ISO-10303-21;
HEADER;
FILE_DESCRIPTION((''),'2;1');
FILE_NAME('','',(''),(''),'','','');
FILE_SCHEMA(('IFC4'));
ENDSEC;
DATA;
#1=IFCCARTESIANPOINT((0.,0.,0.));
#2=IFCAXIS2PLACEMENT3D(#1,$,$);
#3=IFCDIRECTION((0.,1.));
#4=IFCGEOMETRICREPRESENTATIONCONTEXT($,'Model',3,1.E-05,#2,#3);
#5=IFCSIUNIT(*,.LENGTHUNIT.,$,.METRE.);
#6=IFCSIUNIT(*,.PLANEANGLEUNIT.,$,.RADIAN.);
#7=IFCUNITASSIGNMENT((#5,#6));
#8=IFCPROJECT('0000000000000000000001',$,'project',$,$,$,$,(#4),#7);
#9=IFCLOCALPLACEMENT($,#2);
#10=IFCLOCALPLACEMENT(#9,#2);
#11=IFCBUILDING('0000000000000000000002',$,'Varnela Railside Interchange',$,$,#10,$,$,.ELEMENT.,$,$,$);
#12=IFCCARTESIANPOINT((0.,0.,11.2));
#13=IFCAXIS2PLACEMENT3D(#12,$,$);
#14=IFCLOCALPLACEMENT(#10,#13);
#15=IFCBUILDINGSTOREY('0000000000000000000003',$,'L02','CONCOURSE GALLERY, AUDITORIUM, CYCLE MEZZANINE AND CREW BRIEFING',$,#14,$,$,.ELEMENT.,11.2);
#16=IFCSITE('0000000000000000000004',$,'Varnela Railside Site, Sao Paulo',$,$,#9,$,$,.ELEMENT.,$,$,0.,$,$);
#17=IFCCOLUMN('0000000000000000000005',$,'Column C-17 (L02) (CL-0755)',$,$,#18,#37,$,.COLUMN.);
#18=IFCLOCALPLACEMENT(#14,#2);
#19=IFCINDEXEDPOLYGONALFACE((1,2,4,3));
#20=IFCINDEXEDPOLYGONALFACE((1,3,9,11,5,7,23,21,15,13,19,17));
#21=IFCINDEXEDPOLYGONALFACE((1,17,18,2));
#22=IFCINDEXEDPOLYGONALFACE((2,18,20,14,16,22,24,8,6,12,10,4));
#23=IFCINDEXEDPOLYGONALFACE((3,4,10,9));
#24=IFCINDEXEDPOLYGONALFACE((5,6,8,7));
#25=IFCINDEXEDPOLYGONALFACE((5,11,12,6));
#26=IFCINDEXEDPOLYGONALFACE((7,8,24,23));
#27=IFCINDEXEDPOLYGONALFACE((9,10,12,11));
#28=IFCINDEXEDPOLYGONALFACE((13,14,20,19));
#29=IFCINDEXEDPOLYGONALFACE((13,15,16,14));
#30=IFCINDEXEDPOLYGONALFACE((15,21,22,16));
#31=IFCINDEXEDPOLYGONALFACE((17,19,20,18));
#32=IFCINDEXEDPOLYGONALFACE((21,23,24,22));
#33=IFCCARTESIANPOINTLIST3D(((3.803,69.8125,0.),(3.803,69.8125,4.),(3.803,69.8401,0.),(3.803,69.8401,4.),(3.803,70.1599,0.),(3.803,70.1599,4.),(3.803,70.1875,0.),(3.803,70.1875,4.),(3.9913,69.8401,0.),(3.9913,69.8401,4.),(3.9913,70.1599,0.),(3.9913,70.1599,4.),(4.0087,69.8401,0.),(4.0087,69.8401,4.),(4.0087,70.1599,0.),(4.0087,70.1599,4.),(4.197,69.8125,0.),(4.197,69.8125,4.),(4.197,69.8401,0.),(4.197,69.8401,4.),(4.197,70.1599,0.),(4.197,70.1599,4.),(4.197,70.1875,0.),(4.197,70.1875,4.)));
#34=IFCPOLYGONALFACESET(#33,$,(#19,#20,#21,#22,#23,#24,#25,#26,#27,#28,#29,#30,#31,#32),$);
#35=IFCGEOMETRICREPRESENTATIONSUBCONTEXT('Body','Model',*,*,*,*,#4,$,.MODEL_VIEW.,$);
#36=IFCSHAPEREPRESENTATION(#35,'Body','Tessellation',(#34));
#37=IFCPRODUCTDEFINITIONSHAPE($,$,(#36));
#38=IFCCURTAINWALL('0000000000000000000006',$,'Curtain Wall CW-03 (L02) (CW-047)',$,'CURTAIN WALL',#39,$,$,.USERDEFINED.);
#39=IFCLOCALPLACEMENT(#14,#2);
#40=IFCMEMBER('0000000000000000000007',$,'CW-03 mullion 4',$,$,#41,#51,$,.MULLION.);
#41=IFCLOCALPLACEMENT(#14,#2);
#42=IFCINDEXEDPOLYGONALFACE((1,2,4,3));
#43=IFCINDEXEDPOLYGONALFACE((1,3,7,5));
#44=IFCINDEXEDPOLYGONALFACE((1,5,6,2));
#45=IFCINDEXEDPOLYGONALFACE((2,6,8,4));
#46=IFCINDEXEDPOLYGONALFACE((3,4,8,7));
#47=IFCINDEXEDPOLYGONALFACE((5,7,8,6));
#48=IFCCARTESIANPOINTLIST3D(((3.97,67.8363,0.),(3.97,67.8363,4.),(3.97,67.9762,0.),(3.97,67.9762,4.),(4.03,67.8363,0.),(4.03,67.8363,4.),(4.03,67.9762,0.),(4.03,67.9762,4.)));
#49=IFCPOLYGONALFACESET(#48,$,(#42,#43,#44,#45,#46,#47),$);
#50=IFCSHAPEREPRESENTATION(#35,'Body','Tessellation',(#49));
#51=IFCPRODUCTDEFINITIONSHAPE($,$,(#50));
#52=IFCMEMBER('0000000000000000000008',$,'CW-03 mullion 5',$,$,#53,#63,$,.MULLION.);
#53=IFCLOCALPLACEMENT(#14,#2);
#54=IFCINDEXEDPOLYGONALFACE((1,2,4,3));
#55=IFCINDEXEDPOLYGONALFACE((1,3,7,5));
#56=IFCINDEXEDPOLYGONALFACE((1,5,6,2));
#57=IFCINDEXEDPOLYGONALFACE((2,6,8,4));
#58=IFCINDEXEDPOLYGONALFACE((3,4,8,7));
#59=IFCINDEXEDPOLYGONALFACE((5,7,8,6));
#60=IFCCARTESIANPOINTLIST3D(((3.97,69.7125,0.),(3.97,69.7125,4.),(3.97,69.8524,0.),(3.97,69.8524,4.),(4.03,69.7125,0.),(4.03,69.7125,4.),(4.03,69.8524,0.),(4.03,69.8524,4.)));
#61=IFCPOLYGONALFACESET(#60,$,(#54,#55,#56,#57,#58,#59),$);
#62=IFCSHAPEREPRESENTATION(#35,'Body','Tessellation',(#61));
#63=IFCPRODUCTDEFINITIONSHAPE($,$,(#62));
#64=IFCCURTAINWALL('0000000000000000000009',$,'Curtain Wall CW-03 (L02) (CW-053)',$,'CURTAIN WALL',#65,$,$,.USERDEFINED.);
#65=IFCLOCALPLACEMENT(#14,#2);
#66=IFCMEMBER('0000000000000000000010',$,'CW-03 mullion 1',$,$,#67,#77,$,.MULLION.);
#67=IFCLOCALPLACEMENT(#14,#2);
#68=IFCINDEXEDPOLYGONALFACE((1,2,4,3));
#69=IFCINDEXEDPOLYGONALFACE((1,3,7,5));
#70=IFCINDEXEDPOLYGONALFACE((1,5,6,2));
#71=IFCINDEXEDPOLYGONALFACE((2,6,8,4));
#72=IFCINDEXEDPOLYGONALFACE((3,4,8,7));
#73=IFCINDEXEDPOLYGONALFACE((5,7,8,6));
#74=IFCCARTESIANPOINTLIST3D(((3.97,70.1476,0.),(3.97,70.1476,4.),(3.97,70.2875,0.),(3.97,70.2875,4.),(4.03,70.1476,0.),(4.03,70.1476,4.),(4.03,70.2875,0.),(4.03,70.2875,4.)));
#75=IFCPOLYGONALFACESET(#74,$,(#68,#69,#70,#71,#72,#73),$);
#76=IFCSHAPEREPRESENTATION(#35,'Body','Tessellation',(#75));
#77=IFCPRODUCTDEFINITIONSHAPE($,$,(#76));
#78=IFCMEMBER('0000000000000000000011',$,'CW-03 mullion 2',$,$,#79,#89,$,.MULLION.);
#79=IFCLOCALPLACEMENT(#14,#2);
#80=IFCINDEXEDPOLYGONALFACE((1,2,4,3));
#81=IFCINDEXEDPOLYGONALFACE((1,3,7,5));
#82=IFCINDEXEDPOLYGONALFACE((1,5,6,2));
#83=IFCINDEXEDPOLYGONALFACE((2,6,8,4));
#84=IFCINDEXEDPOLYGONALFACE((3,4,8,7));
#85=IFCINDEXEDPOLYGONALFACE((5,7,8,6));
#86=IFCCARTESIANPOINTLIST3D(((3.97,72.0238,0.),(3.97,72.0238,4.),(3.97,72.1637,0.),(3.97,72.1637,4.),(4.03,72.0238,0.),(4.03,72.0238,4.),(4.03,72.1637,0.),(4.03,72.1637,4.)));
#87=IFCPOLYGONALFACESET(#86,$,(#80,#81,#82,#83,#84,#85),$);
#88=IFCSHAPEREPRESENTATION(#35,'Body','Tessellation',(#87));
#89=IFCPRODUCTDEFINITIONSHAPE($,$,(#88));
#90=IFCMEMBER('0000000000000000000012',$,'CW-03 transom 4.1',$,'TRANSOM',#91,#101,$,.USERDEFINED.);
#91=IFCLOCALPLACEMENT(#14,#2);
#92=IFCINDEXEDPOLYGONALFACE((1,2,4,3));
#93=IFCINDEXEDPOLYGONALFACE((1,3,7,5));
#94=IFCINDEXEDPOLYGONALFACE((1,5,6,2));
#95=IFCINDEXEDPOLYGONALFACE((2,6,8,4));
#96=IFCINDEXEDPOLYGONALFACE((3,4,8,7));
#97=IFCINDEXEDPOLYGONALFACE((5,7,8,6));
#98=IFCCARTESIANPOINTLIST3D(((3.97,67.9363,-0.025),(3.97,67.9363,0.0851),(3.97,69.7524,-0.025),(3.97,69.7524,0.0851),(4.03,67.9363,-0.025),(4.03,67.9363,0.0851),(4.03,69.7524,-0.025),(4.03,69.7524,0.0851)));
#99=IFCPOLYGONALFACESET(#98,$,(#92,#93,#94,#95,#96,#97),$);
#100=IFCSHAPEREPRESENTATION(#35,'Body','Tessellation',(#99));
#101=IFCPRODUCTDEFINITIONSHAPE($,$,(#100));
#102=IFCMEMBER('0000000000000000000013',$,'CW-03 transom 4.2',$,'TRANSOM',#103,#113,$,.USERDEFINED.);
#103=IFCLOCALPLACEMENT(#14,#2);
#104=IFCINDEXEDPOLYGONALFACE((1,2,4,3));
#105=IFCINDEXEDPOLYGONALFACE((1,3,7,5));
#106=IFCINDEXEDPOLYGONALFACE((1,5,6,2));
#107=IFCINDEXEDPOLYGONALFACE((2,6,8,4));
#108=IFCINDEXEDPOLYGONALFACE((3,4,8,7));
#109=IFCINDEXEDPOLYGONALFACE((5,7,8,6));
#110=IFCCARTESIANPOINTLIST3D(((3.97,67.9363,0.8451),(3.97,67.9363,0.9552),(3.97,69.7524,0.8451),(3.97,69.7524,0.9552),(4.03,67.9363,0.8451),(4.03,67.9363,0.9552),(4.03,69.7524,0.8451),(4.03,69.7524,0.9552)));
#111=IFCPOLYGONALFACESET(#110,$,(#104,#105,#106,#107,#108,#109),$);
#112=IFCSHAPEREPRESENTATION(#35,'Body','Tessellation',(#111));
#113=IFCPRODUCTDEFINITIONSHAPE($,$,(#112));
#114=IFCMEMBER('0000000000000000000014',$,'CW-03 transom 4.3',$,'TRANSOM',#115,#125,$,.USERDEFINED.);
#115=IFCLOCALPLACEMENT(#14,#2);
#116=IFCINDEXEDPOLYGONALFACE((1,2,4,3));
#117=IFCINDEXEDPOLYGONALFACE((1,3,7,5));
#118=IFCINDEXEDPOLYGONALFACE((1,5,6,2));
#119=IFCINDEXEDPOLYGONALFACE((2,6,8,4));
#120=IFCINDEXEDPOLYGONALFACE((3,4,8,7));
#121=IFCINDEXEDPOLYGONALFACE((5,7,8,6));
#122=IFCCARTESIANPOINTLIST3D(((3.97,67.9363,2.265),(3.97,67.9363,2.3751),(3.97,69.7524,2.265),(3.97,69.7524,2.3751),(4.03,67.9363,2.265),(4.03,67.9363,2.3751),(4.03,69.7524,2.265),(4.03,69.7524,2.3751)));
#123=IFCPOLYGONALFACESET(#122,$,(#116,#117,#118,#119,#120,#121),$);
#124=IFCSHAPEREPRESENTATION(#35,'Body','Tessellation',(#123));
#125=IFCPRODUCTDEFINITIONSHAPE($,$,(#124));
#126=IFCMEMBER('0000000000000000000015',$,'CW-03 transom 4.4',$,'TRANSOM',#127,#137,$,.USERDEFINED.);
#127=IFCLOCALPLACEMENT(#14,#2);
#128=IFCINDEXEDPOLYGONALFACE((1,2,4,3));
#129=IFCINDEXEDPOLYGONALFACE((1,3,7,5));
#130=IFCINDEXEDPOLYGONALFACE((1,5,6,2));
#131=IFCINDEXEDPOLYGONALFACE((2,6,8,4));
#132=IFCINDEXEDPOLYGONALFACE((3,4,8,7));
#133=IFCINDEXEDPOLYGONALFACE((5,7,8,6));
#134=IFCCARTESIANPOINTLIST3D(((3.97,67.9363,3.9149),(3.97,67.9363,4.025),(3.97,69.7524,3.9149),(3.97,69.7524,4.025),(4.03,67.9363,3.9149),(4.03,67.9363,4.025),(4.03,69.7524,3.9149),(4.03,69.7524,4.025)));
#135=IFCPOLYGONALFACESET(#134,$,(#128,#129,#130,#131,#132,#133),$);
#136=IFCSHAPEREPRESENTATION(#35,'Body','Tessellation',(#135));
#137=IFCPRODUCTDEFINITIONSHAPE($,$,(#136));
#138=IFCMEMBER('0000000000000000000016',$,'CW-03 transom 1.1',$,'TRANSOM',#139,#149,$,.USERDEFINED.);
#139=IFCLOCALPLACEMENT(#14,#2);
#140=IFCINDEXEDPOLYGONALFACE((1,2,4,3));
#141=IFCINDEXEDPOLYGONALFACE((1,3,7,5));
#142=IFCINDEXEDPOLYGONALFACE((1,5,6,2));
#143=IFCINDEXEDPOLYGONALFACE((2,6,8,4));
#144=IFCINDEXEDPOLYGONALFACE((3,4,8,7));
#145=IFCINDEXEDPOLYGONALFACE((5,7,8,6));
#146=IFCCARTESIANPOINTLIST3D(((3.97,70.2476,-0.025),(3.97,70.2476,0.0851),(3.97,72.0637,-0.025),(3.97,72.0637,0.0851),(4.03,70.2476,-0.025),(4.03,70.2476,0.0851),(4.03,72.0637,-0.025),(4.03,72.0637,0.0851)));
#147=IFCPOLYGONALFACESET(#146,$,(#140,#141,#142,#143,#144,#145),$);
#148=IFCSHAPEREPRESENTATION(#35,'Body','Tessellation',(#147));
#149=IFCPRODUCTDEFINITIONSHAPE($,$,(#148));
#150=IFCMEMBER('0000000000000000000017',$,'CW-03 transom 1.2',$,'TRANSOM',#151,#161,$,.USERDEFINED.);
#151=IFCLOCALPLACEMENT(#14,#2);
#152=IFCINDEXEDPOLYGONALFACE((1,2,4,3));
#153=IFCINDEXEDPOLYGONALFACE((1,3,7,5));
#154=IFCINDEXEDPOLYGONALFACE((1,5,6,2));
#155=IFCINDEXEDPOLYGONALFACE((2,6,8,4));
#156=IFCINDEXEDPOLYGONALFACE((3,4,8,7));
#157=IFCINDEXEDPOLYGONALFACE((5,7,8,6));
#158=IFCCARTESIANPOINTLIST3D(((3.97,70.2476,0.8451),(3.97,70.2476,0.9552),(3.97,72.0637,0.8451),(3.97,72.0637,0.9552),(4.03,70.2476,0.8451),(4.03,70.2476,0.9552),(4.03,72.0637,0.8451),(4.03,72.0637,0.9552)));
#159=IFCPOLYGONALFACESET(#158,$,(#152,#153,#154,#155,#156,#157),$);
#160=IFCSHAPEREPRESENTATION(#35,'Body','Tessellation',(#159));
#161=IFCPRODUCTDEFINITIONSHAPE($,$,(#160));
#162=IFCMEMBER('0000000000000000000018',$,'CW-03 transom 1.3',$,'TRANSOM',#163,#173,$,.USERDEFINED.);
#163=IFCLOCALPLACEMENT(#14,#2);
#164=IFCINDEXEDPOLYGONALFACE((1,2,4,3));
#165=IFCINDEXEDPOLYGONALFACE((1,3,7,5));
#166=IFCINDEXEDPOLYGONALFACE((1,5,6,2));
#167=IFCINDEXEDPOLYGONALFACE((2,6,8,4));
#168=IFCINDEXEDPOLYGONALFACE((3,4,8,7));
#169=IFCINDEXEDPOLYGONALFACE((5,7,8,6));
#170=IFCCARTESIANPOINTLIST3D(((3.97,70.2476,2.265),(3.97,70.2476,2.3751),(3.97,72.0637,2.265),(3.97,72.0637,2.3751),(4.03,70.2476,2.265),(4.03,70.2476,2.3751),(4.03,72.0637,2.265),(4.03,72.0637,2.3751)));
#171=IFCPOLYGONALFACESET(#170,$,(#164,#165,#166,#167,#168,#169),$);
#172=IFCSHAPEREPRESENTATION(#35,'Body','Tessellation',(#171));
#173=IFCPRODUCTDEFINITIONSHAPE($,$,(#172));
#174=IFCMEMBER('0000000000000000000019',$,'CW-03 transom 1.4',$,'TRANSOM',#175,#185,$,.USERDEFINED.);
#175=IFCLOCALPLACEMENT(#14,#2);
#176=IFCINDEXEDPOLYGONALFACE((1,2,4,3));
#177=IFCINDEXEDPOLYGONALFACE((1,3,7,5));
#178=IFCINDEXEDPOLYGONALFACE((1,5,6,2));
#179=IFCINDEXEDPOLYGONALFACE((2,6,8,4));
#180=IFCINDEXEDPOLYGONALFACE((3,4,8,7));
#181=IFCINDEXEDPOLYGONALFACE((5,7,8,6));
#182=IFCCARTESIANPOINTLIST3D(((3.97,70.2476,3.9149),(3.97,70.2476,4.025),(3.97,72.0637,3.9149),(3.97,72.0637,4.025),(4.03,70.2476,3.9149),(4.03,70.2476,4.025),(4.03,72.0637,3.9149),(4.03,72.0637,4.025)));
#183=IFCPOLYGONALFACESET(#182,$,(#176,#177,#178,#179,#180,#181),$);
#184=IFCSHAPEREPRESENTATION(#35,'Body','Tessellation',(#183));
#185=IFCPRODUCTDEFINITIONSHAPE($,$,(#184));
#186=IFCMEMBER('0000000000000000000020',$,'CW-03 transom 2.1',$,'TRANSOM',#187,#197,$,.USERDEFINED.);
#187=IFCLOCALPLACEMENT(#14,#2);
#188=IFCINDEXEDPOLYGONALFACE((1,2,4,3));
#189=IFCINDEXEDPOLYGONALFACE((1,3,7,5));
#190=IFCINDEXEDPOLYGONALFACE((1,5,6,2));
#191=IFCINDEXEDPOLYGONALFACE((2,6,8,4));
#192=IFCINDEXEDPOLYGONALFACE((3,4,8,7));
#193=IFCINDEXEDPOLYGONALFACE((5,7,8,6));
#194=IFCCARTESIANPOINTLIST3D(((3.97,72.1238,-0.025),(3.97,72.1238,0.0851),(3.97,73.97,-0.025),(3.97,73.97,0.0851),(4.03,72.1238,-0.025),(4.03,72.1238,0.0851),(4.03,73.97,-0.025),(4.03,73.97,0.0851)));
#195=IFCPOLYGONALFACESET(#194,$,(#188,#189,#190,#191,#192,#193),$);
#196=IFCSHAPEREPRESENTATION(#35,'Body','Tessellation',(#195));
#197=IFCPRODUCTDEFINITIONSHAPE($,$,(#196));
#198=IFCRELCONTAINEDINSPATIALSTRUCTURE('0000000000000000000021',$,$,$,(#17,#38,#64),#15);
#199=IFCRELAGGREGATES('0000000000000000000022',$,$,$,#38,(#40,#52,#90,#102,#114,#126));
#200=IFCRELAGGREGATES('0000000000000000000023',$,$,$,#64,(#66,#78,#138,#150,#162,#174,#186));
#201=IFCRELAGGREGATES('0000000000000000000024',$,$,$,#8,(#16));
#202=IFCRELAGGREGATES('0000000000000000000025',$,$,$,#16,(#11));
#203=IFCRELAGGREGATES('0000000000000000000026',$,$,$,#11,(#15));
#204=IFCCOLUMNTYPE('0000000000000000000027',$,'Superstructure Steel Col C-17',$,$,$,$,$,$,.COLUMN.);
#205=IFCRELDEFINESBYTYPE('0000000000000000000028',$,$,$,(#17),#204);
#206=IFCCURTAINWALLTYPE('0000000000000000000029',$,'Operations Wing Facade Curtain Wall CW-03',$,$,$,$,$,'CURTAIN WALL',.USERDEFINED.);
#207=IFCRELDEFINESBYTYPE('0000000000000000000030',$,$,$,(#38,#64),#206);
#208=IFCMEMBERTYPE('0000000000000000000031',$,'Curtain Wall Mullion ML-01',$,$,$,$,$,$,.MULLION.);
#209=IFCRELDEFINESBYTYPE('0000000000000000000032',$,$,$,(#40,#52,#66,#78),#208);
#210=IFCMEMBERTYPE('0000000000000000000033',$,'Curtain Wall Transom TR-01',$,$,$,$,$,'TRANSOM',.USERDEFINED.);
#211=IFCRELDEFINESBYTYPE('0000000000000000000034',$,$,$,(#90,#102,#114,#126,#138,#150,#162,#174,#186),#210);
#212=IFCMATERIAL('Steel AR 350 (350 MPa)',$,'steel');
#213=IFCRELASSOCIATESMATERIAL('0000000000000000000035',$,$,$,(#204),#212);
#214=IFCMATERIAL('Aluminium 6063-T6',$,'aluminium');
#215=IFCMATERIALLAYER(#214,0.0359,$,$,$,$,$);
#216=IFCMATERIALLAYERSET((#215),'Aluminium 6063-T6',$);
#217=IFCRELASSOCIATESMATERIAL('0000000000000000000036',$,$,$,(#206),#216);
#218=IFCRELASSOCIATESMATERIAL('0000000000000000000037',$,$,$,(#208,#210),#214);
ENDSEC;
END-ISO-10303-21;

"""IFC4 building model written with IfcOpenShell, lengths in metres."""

from ifc_helpers import new_model, si_unit, direction, frame, origin, origin_2d, place, context, subcontext, project, spatial, rectangle, i_section, extrude, material, layer, layer_set, material_profile, profile_set, type_object, element, aggregate, save


model = new_model("IFC4")

# Units and contexts
model_context = context("Model", 3, precision=1e-05, world=origin(), true_north=direction((0.0, 1.0)))
body_context = subcontext(model_context, "Body", "Model", "MODEL_VIEW")
ifc_project = project(units=[si_unit("LENGTHUNIT", "METRE"), si_unit("PLANEANGLEUNIT", "RADIAN")], contexts=[model_context])

# Site, building, storey
site_placement = place(None, origin())
site = spatial("IfcSite", under=ifc_project, at=site_placement, Name="Varnela Railside Site, Sao Paulo", CompositionType="ELEMENT", RefElevation=0.0)
building_placement = place(site_placement, origin())
building = spatial("IfcBuilding", under=site, at=building_placement, Name="Varnela Railside Interchange", CompositionType="ELEMENT")
storey_placement = place(building_placement, frame((0.0, 0.0, 11.2)))
storey = spatial("IfcBuildingStorey", under=building, at=storey_placement, Name="L02", Description="CONCOURSE GALLERY, AUDITORIUM, CYCLE MEZZANINE AND CREW BRIEFING", CompositionType="ELEMENT", Elevation=11.2)

# Column
ifc_material_1 = material(Name="Steel AR 350 (350 MPa)", Category="steel")
ifc_material_profile_1 = material_profile(ifc_material_1, i_section(OverallWidth=0.394, OverallDepth=0.375, WebThickness=0.0173, FlangeThickness=0.0276, at=origin_2d()), Name="W360x216")
ifc_profile_set_1 = profile_set([ifc_material_profile_1], Name="Steel AR 350 (350 MPa)")
column_type = type_object("IfcColumnType", Name="Superstructure Steel Col C-17", PredefinedType="COLUMN", material=ifc_profile_set_1)
column_placement = place(storey_placement, frame((4.0, 70.0, 0.0), z_axis=(0.0, 0.0, 1.0), x_axis=(1.0, 0.0, 0.0)))
element("IfcColumn", 1, at=column_placement, inside=storey, type_object=column_type, Name="Column C-17 (L02) (CL-0755)", PredefinedType="COLUMN", context=body_context, shape_type="SweptSolid", body=[
    extrude(i_section(OverallWidth=0.394, OverallDepth=0.375, WebThickness=0.0173, FlangeThickness=0.0276, at=origin_2d()), origin(), (0.0, 0.0, 1.0), 4.0),
])

# Curtain walls, members
ifc_material_2 = material(Name="Aluminium 6063-T6", Category="aluminium")
ifc_layer_1 = layer(ifc_material_2, 0.0359)
ifc_layer_set_1 = layer_set([ifc_layer_1], Name="Aluminium 6063-T6")
curtain_wall_type = type_object("IfcCurtainWallType", Name="Operations Wing Facade Curtain Wall CW-03", ElementType="CURTAIN WALL", PredefinedType="USERDEFINED", material=ifc_layer_set_1)
curtain_wall_1_placement = place(storey_placement, origin())
curtain_wall_1 = element("IfcCurtainWall", 2, at=curtain_wall_1_placement, inside=storey, type_object=curtain_wall_type, Name="Curtain Wall CW-03 (L02) (CW-047)", ObjectType="CURTAIN WALL", PredefinedType="USERDEFINED")
ifc_material_profile_2 = material_profile(ifc_material_2, rectangle(XDim=0.0601, YDim=0.1399, at=origin_2d()), Name="ALU 60x140")
ifc_profile_set_2 = profile_set([ifc_material_profile_2], Name="Aluminium 6063-T6")
member_type_1 = type_object("IfcMemberType", Name="Curtain Wall Mullion ML-01", PredefinedType="MULLION", material=ifc_profile_set_2)
member_1_placement = place(storey_placement, frame((4.0, 67.9062, 0.0), z_axis=(0.0, 0.0, 1.0), x_axis=(-1.0, 0.0, 0.0)))
member_1 = element("IfcMember", 3, at=member_1_placement, type_object=member_type_1, Name="CW-03 mullion 4", PredefinedType="MULLION", context=body_context, shape_type="SweptSolid", body=[
    extrude(rectangle(XDim=0.0601, YDim=0.1399, at=origin_2d()), origin(), (0.0, 0.0, 1.0), 4.0),
])
member_2_placement = place(storey_placement, frame((4.0, 69.7825, 0.0), z_axis=(0.0, 0.0, 1.0), x_axis=(-1.0, 0.0, 0.0)))
member_2 = element("IfcMember", 4, at=member_2_placement, type_object=member_type_1, Name="CW-03 mullion 5", PredefinedType="MULLION", context=body_context, shape_type="SweptSolid", body=[
    extrude(rectangle(XDim=0.0601, YDim=0.1399, at=origin_2d()), origin(), (0.0, 0.0, 1.0), 4.0),
])
curtain_wall_2_placement = place(storey_placement, origin())
curtain_wall_2 = element("IfcCurtainWall", 5, at=curtain_wall_2_placement, inside=storey, type_object=curtain_wall_type, Name="Curtain Wall CW-03 (L02) (CW-053)", ObjectType="CURTAIN WALL", PredefinedType="USERDEFINED")
member_3_placement = place(storey_placement, frame((4.0, 70.2175, 0.0), z_axis=(0.0, 0.0, 1.0), x_axis=(-1.0, 0.0, 0.0)))
member_3 = element("IfcMember", 6, at=member_3_placement, type_object=member_type_1, Name="CW-03 mullion 1", PredefinedType="MULLION", context=body_context, shape_type="SweptSolid", body=[
    extrude(rectangle(XDim=0.0601, YDim=0.1399, at=origin_2d()), origin(), (0.0, 0.0, 1.0), 4.0),
])
member_4_placement = place(storey_placement, frame((4.0, 72.0938, 0.0), z_axis=(0.0, 0.0, 1.0), x_axis=(-1.0, 0.0, 0.0)))
member_4 = element("IfcMember", 7, at=member_4_placement, type_object=member_type_1, Name="CW-03 mullion 2", PredefinedType="MULLION", context=body_context, shape_type="SweptSolid", body=[
    extrude(rectangle(XDim=0.0601, YDim=0.1399, at=origin_2d()), origin(), (0.0, 0.0, 1.0), 4.0),
])

# Members
ifc_material_profile_3 = material_profile(ifc_material_2, rectangle(XDim=0.0601, YDim=0.1101, at=origin_2d()), Name="ALU 60x110")
ifc_profile_set_3 = profile_set([ifc_material_profile_3], Name="Aluminium 6063-T6")
member_type_2 = type_object("IfcMemberType", Name="Curtain Wall Transom TR-01", ElementType="TRANSOM", PredefinedType="USERDEFINED", material=ifc_profile_set_3)
member_5_placement = place(storey_placement, frame((4.0, 67.9363, 0.03), z_axis=(0.0, 1.0, 0.0), x_axis=(-1.0, 0.0, 0.0)))
member_5 = element("IfcMember", 8, at=member_5_placement, type_object=member_type_2, Name="CW-03 transom 4.1", ObjectType="TRANSOM", PredefinedType="USERDEFINED", context=body_context, shape_type="SweptSolid", body=[
    extrude(rectangle(XDim=0.0601, YDim=0.1101, at=origin_2d()), origin(), (0.0, 0.0, 1.0), 1.8162),
])
member_6_placement = place(storey_placement, frame((4.0, 67.9363, 0.9001), z_axis=(0.0, 1.0, 0.0), x_axis=(-1.0, 0.0, 0.0)))
member_6 = element("IfcMember", 9, at=member_6_placement, type_object=member_type_2, Name="CW-03 transom 4.2", ObjectType="TRANSOM", PredefinedType="USERDEFINED", context=body_context, shape_type="SweptSolid", body=[
    extrude(rectangle(XDim=0.0601, YDim=0.1101, at=origin_2d()), origin(), (0.0, 0.0, 1.0), 1.8162),
])
member_7_placement = place(storey_placement, frame((4.0, 67.9363, 2.3201), z_axis=(0.0, 1.0, 0.0), x_axis=(-1.0, 0.0, 0.0)))
member_7 = element("IfcMember", 10, at=member_7_placement, type_object=member_type_2, Name="CW-03 transom 4.3", ObjectType="TRANSOM", PredefinedType="USERDEFINED", context=body_context, shape_type="SweptSolid", body=[
    extrude(rectangle(XDim=0.0601, YDim=0.1101, at=origin_2d()), origin(), (0.0, 0.0, 1.0), 1.8162),
])
member_8_placement = place(storey_placement, frame((4.0, 67.9363, 3.97), z_axis=(0.0, 1.0, 0.0), x_axis=(-1.0, 0.0, 0.0)))
member_8 = element("IfcMember", 11, at=member_8_placement, type_object=member_type_2, Name="CW-03 transom 4.4", ObjectType="TRANSOM", PredefinedType="USERDEFINED", context=body_context, shape_type="SweptSolid", body=[
    extrude(rectangle(XDim=0.0601, YDim=0.1101, at=origin_2d()), origin(), (0.0, 0.0, 1.0), 1.8162),
])
member_9_placement = place(storey_placement, frame((4.0, 70.2476, 0.03), z_axis=(0.0, 1.0, 0.0), x_axis=(-1.0, 0.0, 0.0)))
member_9 = element("IfcMember", 12, at=member_9_placement, type_object=member_type_2, Name="CW-03 transom 1.1", ObjectType="TRANSOM", PredefinedType="USERDEFINED", context=body_context, shape_type="SweptSolid", body=[
    extrude(rectangle(XDim=0.0601, YDim=0.1101, at=origin_2d()), origin(), (0.0, 0.0, 1.0), 1.8162),
])
member_10_placement = place(storey_placement, frame((4.0, 70.2476, 0.9001), z_axis=(0.0, 1.0, 0.0), x_axis=(-1.0, 0.0, 0.0)))
member_10 = element("IfcMember", 13, at=member_10_placement, type_object=member_type_2, Name="CW-03 transom 1.2", ObjectType="TRANSOM", PredefinedType="USERDEFINED", context=body_context, shape_type="SweptSolid", body=[
    extrude(rectangle(XDim=0.0601, YDim=0.1101, at=origin_2d()), origin(), (0.0, 0.0, 1.0), 1.8162),
])
member_11_placement = place(storey_placement, frame((4.0, 70.2476, 2.3201), z_axis=(0.0, 1.0, 0.0), x_axis=(-1.0, 0.0, 0.0)))
member_11 = element("IfcMember", 14, at=member_11_placement, type_object=member_type_2, Name="CW-03 transom 1.3", ObjectType="TRANSOM", PredefinedType="USERDEFINED", context=body_context, shape_type="SweptSolid", body=[
    extrude(rectangle(XDim=0.0601, YDim=0.1101, at=origin_2d()), origin(), (0.0, 0.0, 1.0), 1.8162),
])
member_12_placement = place(storey_placement, frame((4.0, 70.2476, 3.97), z_axis=(0.0, 1.0, 0.0), x_axis=(-1.0, 0.0, 0.0)))
member_12 = element("IfcMember", 15, at=member_12_placement, type_object=member_type_2, Name="CW-03 transom 1.4", ObjectType="TRANSOM", PredefinedType="USERDEFINED", context=body_context, shape_type="SweptSolid", body=[
    extrude(rectangle(XDim=0.0601, YDim=0.1101, at=origin_2d()), origin(), (0.0, 0.0, 1.0), 1.8162),
])
member_13_placement = place(storey_placement, frame((4.0, 72.1238, 0.03), z_axis=(0.0, 1.0, 0.0), x_axis=(-1.0, 0.0, 0.0)))
member_13 = element("IfcMember", 16, at=member_13_placement, type_object=member_type_2, Name="CW-03 transom 2.1", ObjectType="TRANSOM", PredefinedType="USERDEFINED", context=body_context, shape_type="SweptSolid", body=[
    extrude(rectangle(XDim=0.0601, YDim=0.1101, at=origin_2d()), origin(), (0.0, 0.0, 1.0), 1.8462),
])

aggregate(curtain_wall_1, [member_1, member_2, member_5, member_6, member_7, member_8])
aggregate(curtain_wall_2, [member_3, member_4, member_9, member_10, member_11, member_12, member_13])

save(model, "model.ifc")
